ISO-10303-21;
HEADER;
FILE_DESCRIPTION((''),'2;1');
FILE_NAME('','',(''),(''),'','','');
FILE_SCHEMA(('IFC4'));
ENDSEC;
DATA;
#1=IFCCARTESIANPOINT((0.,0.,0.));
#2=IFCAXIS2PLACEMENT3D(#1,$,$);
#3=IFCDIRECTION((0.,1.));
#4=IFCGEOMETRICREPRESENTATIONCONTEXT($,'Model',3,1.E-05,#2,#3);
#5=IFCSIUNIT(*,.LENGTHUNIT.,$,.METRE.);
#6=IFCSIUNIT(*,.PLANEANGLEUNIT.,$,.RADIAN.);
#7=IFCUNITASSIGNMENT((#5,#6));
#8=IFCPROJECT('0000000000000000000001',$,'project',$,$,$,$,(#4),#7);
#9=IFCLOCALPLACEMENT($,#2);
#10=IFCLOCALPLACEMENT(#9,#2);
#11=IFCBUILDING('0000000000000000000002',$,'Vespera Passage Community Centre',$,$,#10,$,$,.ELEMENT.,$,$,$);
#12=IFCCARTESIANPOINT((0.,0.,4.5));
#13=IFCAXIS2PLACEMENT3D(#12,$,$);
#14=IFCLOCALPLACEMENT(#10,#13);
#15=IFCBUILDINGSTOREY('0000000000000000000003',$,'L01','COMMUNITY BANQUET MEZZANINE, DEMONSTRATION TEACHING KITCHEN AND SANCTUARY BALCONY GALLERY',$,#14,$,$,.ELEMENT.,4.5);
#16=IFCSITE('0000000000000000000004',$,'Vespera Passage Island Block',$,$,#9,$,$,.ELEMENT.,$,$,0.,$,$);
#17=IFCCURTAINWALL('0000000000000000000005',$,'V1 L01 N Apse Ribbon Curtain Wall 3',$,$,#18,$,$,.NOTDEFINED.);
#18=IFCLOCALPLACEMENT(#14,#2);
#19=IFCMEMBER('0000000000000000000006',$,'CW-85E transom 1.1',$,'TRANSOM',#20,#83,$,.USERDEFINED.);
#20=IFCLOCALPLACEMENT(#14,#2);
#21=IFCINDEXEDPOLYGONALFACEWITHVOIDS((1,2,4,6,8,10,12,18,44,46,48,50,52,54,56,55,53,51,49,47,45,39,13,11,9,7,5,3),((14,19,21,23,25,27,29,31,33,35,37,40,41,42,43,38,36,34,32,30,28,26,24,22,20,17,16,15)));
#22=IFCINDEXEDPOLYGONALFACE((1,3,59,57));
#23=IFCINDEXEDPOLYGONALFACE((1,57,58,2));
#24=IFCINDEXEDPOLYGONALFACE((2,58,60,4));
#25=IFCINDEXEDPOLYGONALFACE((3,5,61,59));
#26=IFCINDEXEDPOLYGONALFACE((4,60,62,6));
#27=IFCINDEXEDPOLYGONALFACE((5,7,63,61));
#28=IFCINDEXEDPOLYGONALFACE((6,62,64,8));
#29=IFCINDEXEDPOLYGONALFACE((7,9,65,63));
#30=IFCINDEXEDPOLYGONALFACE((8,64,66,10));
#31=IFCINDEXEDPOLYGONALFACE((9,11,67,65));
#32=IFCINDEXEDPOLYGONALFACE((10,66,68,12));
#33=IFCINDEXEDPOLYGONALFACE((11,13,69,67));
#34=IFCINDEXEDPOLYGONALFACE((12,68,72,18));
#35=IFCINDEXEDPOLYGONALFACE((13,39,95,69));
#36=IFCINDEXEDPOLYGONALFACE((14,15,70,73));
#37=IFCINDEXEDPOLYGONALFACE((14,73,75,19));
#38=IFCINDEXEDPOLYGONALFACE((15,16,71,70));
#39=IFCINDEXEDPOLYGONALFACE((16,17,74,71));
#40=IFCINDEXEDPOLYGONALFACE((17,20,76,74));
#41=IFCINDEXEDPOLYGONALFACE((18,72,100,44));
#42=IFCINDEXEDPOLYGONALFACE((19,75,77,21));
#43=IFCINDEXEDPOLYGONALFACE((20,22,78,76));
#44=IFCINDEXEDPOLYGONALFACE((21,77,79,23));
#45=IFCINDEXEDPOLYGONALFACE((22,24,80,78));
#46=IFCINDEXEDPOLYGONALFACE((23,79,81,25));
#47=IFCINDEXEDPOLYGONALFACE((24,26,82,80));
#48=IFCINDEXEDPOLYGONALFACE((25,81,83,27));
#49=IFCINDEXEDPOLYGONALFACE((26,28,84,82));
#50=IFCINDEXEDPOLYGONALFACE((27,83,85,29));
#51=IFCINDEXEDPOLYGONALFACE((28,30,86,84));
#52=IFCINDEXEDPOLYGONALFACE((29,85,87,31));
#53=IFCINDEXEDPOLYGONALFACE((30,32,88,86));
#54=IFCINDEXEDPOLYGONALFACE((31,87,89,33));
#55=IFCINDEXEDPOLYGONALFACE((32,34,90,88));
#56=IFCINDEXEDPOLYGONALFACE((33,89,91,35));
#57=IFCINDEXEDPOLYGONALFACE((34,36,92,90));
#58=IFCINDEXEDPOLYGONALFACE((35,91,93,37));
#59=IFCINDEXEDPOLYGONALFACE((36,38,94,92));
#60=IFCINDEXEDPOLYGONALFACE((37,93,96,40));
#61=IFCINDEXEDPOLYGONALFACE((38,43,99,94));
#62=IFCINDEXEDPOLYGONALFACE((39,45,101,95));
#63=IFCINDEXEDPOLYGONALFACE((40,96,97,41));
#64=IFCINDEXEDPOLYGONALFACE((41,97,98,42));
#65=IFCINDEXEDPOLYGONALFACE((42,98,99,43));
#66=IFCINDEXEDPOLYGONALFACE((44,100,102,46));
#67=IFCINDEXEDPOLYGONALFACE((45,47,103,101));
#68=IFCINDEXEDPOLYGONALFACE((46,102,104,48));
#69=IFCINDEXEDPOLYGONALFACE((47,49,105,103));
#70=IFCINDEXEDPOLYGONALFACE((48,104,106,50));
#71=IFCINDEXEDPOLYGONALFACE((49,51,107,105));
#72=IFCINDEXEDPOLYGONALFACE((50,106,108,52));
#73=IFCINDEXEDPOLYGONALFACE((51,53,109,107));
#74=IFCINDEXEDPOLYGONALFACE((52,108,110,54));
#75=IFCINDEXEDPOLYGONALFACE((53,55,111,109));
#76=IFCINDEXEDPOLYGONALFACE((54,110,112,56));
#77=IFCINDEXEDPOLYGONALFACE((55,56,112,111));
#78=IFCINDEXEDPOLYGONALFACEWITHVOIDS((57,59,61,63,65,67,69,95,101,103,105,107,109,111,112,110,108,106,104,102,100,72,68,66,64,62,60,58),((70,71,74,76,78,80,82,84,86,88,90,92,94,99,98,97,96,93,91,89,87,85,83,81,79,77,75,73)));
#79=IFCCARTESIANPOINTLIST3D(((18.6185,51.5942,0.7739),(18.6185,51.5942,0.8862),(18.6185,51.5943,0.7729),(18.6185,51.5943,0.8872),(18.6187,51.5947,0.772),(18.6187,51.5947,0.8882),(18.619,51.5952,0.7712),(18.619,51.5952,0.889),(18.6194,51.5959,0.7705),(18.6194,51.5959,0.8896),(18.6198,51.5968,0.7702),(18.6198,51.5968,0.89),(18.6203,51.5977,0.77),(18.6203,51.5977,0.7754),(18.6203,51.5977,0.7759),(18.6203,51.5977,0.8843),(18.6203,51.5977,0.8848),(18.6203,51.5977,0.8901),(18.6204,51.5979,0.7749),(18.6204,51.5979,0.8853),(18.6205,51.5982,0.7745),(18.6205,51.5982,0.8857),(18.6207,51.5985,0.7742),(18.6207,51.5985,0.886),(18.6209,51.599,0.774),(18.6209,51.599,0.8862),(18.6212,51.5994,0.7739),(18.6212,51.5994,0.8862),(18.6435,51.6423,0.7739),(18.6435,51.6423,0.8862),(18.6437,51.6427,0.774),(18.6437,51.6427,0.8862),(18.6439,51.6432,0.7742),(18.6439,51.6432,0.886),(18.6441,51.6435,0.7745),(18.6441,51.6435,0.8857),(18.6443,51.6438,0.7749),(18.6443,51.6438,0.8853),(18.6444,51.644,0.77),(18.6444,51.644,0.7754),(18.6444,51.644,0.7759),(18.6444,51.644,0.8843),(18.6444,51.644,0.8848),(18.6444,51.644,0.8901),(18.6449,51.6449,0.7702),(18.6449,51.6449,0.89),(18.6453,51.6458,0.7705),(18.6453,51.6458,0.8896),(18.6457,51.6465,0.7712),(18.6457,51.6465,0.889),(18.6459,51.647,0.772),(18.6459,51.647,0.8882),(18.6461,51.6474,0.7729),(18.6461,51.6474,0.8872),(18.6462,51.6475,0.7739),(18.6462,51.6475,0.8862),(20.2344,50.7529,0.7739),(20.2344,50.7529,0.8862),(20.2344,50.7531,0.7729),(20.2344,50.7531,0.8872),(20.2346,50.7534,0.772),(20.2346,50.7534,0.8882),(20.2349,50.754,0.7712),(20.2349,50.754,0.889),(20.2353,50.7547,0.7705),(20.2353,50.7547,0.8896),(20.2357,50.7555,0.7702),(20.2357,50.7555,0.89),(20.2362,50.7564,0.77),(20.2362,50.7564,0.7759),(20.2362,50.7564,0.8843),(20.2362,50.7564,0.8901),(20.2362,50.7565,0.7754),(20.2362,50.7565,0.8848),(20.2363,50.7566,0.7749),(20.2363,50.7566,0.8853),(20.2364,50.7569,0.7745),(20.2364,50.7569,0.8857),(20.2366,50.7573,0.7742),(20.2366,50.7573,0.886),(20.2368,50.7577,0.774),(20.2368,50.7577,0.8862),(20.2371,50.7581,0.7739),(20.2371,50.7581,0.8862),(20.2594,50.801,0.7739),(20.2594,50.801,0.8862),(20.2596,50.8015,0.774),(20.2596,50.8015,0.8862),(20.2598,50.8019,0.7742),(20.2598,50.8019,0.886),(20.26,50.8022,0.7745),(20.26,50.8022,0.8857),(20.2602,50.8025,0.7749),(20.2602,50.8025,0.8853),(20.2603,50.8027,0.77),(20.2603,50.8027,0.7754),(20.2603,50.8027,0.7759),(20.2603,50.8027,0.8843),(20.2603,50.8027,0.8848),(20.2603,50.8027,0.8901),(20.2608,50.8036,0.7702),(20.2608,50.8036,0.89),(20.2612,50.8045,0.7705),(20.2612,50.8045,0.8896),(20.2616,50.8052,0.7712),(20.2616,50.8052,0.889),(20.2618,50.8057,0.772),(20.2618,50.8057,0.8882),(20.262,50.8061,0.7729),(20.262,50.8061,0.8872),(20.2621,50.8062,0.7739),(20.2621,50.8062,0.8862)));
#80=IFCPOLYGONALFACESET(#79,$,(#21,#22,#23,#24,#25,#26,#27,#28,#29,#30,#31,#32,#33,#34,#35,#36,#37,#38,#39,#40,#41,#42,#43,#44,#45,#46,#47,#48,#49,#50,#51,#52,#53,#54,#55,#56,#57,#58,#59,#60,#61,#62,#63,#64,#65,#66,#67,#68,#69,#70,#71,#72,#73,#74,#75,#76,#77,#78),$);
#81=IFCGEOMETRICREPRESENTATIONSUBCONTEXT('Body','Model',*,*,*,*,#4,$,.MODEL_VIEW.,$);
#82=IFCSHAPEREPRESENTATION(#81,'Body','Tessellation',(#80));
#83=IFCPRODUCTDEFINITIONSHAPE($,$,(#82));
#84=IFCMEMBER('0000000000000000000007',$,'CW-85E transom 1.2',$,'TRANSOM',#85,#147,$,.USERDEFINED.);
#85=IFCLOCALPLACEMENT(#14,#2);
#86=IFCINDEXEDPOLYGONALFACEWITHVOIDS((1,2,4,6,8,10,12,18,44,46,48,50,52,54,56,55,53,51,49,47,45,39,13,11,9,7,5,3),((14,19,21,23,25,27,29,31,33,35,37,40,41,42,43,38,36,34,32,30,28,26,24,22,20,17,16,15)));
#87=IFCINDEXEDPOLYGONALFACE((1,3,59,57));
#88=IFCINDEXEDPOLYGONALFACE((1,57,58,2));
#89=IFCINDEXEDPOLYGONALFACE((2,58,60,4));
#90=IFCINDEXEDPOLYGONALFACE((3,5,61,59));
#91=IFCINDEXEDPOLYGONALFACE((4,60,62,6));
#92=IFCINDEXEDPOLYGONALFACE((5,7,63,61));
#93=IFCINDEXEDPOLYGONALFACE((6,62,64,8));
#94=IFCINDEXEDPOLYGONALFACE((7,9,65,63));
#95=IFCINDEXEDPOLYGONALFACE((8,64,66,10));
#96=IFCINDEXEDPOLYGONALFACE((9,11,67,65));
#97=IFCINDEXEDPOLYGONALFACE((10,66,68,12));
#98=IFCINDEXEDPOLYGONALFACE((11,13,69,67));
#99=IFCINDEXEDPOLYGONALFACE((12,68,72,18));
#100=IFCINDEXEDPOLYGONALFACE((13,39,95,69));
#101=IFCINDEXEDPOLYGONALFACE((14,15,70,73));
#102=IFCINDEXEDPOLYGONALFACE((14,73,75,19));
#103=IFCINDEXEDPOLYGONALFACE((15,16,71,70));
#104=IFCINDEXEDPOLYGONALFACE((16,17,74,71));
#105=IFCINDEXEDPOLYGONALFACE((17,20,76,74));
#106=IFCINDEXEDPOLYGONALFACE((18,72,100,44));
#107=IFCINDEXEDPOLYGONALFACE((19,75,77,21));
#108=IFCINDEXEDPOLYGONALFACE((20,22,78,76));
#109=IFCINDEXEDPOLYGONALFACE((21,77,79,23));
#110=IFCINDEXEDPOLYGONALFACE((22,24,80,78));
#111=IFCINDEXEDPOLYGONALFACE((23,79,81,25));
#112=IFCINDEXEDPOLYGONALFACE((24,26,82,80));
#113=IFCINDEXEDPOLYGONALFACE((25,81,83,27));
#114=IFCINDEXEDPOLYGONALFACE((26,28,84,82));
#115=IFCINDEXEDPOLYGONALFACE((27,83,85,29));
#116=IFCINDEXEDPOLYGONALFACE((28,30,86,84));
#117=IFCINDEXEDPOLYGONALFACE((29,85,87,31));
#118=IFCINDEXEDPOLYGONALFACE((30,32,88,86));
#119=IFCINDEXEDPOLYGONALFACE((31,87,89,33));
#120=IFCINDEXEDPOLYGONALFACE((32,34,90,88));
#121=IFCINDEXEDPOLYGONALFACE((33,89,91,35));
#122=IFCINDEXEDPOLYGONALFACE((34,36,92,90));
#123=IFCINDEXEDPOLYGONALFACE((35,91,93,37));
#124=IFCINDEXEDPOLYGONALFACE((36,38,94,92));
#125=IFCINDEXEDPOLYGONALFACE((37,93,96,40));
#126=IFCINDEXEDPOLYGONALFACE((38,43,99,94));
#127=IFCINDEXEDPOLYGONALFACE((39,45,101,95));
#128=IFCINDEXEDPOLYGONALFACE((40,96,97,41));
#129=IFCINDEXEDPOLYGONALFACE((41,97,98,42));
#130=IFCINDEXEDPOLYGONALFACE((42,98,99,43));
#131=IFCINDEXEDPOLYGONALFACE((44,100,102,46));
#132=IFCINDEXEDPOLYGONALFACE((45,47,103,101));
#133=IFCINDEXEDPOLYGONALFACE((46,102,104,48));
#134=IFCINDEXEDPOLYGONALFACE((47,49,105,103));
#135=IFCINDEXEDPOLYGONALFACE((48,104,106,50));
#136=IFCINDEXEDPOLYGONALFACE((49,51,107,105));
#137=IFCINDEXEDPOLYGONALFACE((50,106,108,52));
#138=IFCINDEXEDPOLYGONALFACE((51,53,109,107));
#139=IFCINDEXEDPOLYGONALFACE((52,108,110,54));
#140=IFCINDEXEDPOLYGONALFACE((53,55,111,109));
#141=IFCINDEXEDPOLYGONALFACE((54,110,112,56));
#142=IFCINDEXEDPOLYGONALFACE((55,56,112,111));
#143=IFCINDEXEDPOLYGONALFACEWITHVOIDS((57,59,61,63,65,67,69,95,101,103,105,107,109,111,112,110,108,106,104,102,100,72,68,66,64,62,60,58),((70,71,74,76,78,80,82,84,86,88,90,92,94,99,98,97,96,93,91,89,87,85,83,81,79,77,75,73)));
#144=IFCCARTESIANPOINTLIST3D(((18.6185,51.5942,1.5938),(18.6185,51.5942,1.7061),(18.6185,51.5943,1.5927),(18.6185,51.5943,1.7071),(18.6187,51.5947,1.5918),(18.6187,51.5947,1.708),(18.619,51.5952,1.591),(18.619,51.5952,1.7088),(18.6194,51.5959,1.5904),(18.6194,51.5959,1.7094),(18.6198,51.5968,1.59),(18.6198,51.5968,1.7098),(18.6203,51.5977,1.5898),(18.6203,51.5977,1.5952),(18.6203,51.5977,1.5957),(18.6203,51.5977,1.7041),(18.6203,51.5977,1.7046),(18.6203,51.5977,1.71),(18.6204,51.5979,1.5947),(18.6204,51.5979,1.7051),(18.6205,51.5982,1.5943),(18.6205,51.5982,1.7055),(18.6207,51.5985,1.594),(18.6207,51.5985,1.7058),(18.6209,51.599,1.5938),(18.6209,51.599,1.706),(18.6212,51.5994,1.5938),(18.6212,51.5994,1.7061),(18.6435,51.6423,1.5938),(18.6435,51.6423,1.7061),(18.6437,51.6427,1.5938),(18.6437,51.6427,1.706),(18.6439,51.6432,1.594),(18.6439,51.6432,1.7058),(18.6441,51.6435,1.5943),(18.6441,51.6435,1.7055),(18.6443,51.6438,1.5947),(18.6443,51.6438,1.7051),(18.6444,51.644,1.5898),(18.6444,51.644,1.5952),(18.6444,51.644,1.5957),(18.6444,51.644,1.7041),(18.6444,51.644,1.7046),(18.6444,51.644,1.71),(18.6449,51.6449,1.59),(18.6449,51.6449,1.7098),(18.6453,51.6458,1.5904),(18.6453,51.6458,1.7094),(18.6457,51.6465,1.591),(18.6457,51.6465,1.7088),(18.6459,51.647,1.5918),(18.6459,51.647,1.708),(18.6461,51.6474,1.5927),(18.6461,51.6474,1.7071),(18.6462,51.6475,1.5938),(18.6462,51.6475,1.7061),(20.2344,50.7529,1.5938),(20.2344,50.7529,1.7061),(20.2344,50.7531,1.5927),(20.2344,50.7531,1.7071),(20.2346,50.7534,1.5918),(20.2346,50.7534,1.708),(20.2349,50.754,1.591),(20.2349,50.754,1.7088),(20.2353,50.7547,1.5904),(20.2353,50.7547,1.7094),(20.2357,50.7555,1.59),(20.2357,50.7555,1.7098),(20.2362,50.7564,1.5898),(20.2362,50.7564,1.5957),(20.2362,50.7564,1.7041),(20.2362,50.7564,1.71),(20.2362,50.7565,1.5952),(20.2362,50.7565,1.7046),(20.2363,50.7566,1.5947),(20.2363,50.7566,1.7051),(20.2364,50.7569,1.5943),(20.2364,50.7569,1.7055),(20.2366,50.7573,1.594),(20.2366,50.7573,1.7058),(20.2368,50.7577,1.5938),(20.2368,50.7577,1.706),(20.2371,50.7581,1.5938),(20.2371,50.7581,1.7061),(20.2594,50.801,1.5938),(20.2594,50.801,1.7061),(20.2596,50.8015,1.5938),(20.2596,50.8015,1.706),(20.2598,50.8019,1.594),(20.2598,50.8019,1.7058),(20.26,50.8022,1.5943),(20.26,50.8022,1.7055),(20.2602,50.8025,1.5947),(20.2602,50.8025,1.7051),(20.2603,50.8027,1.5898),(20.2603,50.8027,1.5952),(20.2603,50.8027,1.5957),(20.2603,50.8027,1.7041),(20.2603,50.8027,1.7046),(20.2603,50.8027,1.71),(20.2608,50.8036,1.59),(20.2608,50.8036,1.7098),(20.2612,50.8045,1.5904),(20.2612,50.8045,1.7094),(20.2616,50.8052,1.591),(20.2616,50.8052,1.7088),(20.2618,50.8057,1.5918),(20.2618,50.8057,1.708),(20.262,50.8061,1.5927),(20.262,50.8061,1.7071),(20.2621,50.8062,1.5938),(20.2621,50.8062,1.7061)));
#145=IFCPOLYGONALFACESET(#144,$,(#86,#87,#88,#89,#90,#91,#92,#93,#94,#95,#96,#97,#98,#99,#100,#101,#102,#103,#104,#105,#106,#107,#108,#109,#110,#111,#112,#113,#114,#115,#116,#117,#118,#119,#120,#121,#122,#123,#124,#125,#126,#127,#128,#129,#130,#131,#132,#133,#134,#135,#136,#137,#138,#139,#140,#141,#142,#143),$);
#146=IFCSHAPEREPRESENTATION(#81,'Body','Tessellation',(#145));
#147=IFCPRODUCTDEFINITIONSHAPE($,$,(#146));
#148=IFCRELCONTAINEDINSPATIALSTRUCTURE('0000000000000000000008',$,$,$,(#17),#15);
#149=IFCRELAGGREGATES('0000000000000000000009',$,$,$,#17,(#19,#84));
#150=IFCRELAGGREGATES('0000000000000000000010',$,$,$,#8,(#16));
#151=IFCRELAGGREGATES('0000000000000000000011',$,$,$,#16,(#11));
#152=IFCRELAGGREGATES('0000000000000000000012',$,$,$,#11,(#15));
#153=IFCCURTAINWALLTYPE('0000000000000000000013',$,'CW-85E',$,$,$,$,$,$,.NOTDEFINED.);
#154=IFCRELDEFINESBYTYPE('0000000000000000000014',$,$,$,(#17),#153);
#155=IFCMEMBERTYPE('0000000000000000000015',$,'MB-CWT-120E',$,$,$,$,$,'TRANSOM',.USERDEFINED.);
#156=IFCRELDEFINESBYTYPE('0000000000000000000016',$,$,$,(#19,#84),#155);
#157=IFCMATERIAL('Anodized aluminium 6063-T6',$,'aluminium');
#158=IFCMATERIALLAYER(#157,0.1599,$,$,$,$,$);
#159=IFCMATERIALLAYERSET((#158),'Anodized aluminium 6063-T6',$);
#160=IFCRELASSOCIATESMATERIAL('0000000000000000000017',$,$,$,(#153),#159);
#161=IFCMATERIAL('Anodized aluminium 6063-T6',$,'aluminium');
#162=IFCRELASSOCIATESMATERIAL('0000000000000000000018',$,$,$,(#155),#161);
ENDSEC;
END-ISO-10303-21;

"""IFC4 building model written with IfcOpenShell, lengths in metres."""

from ifc_helpers import new_model, si_unit, direction, frame, origin, origin_2d, place, context, subcontext, project, spatial, hollow_rectangle, extrude, material, layer, layer_set, material_profile, profile_set, type_object, element, aggregate, save


model = new_model("IFC4")

# Units and contexts
model_context = context("Model", 3, precision=1e-05, world=origin(), true_north=direction((0.0, 1.0)))
body_context = subcontext(model_context, "Body", "Model", "MODEL_VIEW")
ifc_project = project(units=[si_unit("LENGTHUNIT", "METRE"), si_unit("PLANEANGLEUNIT", "RADIAN")], contexts=[model_context])

# Site, building, storey
site_placement = place(None, origin())
site = spatial("IfcSite", under=ifc_project, at=site_placement, Name="Vespera Passage Island Block", CompositionType="ELEMENT", RefElevation=0.0)
building_placement = place(site_placement, origin())
building = spatial("IfcBuilding", under=site, at=building_placement, Name="Vespera Passage Community Centre", CompositionType="ELEMENT")
storey_placement = place(building_placement, frame((0.0, 0.0, 4.5)))
storey = spatial("IfcBuildingStorey", under=building, at=storey_placement, Name="L01", Description="COMMUNITY BANQUET MEZZANINE, DEMONSTRATION TEACHING KITCHEN AND SANCTUARY BALCONY GALLERY", CompositionType="ELEMENT", Elevation=4.5)

# Shared definitions
ifc_material_1 = material(Name="Anodized aluminium 6063-T6", Category="aluminium")
ifc_layer_1 = layer(ifc_material_1, 0.1599)
ifc_layer_set_1 = layer_set([ifc_layer_1], Name="Anodized aluminium 6063-T6")
curtain_wall_type = type_object("IfcCurtainWallType", Name="CW-85E", PredefinedType="NOTDEFINED", material=ifc_layer_set_1)

# Curtain wall, members
curtain_wall_1_placement = place(storey_placement, origin())
curtain_wall_1 = element("IfcCurtainWall", 1, at=curtain_wall_1_placement, inside=storey, type_object=curtain_wall_type, Name="V1 L01 N Apse Ribbon Curtain Wall 3", PredefinedType="NOTDEFINED")
ifc_material_2 = material(Name="Anodized aluminium 6063-T6", Category="aluminium")
ifc_material_profile_1 = material_profile(ifc_material_2, hollow_rectangle(XDim=0.0601, YDim=0.1201, WallThickness=0.0039, InnerFilletRadius=0.002, OuterFilletRadius=0.0039, at=origin_2d()), Name="ALU120X60X4")
ifc_profile_set_1 = profile_set([ifc_material_profile_1], Name="Anodized aluminium 6063-T6")
member_type_1 = type_object("IfcMemberType", Name="MB-CWT-120E", ElementType="TRANSOM", PredefinedType="USERDEFINED", material=ifc_profile_set_1)
member_1_placement = place(storey_placement, frame((18.6323, 51.6208, 0.8301), z_axis=(0.886991, -0.461787, 0.0), x_axis=(0.461787, 0.886991, 0.0)))
member_1 = element("IfcMember", 2, at=member_1_placement, type_object=member_type_1, Name="CW-85E transom 1.1", ObjectType="TRANSOM", PredefinedType="USERDEFINED", context=body_context, shape_type="SweptSolid", body=[
    extrude(hollow_rectangle(XDim=0.0601, YDim=0.1201, WallThickness=0.0039, InnerFilletRadius=0.002, OuterFilletRadius=0.0039, at=origin_2d()), origin(), (0.0, 0.0, 1.0), 1.8218),
])
member_2_placement = place(storey_placement, frame((18.6323, 51.6208, 1.6499), z_axis=(0.886991, -0.461787, 0.0), x_axis=(0.461787, 0.886991, 0.0)))
member_2 = element("IfcMember", 3, at=member_2_placement, type_object=member_type_1, Name="CW-85E transom 1.2", ObjectType="TRANSOM", PredefinedType="USERDEFINED", context=body_context, shape_type="SweptSolid", body=[
    extrude(hollow_rectangle(XDim=0.0601, YDim=0.1201, WallThickness=0.0039, InnerFilletRadius=0.002, OuterFilletRadius=0.0039, at=origin_2d()), origin(), (0.0, 0.0, 1.0), 1.8218),
])

aggregate(curtain_wall_1, [member_1, member_2])

save(model, "model.ifc")
